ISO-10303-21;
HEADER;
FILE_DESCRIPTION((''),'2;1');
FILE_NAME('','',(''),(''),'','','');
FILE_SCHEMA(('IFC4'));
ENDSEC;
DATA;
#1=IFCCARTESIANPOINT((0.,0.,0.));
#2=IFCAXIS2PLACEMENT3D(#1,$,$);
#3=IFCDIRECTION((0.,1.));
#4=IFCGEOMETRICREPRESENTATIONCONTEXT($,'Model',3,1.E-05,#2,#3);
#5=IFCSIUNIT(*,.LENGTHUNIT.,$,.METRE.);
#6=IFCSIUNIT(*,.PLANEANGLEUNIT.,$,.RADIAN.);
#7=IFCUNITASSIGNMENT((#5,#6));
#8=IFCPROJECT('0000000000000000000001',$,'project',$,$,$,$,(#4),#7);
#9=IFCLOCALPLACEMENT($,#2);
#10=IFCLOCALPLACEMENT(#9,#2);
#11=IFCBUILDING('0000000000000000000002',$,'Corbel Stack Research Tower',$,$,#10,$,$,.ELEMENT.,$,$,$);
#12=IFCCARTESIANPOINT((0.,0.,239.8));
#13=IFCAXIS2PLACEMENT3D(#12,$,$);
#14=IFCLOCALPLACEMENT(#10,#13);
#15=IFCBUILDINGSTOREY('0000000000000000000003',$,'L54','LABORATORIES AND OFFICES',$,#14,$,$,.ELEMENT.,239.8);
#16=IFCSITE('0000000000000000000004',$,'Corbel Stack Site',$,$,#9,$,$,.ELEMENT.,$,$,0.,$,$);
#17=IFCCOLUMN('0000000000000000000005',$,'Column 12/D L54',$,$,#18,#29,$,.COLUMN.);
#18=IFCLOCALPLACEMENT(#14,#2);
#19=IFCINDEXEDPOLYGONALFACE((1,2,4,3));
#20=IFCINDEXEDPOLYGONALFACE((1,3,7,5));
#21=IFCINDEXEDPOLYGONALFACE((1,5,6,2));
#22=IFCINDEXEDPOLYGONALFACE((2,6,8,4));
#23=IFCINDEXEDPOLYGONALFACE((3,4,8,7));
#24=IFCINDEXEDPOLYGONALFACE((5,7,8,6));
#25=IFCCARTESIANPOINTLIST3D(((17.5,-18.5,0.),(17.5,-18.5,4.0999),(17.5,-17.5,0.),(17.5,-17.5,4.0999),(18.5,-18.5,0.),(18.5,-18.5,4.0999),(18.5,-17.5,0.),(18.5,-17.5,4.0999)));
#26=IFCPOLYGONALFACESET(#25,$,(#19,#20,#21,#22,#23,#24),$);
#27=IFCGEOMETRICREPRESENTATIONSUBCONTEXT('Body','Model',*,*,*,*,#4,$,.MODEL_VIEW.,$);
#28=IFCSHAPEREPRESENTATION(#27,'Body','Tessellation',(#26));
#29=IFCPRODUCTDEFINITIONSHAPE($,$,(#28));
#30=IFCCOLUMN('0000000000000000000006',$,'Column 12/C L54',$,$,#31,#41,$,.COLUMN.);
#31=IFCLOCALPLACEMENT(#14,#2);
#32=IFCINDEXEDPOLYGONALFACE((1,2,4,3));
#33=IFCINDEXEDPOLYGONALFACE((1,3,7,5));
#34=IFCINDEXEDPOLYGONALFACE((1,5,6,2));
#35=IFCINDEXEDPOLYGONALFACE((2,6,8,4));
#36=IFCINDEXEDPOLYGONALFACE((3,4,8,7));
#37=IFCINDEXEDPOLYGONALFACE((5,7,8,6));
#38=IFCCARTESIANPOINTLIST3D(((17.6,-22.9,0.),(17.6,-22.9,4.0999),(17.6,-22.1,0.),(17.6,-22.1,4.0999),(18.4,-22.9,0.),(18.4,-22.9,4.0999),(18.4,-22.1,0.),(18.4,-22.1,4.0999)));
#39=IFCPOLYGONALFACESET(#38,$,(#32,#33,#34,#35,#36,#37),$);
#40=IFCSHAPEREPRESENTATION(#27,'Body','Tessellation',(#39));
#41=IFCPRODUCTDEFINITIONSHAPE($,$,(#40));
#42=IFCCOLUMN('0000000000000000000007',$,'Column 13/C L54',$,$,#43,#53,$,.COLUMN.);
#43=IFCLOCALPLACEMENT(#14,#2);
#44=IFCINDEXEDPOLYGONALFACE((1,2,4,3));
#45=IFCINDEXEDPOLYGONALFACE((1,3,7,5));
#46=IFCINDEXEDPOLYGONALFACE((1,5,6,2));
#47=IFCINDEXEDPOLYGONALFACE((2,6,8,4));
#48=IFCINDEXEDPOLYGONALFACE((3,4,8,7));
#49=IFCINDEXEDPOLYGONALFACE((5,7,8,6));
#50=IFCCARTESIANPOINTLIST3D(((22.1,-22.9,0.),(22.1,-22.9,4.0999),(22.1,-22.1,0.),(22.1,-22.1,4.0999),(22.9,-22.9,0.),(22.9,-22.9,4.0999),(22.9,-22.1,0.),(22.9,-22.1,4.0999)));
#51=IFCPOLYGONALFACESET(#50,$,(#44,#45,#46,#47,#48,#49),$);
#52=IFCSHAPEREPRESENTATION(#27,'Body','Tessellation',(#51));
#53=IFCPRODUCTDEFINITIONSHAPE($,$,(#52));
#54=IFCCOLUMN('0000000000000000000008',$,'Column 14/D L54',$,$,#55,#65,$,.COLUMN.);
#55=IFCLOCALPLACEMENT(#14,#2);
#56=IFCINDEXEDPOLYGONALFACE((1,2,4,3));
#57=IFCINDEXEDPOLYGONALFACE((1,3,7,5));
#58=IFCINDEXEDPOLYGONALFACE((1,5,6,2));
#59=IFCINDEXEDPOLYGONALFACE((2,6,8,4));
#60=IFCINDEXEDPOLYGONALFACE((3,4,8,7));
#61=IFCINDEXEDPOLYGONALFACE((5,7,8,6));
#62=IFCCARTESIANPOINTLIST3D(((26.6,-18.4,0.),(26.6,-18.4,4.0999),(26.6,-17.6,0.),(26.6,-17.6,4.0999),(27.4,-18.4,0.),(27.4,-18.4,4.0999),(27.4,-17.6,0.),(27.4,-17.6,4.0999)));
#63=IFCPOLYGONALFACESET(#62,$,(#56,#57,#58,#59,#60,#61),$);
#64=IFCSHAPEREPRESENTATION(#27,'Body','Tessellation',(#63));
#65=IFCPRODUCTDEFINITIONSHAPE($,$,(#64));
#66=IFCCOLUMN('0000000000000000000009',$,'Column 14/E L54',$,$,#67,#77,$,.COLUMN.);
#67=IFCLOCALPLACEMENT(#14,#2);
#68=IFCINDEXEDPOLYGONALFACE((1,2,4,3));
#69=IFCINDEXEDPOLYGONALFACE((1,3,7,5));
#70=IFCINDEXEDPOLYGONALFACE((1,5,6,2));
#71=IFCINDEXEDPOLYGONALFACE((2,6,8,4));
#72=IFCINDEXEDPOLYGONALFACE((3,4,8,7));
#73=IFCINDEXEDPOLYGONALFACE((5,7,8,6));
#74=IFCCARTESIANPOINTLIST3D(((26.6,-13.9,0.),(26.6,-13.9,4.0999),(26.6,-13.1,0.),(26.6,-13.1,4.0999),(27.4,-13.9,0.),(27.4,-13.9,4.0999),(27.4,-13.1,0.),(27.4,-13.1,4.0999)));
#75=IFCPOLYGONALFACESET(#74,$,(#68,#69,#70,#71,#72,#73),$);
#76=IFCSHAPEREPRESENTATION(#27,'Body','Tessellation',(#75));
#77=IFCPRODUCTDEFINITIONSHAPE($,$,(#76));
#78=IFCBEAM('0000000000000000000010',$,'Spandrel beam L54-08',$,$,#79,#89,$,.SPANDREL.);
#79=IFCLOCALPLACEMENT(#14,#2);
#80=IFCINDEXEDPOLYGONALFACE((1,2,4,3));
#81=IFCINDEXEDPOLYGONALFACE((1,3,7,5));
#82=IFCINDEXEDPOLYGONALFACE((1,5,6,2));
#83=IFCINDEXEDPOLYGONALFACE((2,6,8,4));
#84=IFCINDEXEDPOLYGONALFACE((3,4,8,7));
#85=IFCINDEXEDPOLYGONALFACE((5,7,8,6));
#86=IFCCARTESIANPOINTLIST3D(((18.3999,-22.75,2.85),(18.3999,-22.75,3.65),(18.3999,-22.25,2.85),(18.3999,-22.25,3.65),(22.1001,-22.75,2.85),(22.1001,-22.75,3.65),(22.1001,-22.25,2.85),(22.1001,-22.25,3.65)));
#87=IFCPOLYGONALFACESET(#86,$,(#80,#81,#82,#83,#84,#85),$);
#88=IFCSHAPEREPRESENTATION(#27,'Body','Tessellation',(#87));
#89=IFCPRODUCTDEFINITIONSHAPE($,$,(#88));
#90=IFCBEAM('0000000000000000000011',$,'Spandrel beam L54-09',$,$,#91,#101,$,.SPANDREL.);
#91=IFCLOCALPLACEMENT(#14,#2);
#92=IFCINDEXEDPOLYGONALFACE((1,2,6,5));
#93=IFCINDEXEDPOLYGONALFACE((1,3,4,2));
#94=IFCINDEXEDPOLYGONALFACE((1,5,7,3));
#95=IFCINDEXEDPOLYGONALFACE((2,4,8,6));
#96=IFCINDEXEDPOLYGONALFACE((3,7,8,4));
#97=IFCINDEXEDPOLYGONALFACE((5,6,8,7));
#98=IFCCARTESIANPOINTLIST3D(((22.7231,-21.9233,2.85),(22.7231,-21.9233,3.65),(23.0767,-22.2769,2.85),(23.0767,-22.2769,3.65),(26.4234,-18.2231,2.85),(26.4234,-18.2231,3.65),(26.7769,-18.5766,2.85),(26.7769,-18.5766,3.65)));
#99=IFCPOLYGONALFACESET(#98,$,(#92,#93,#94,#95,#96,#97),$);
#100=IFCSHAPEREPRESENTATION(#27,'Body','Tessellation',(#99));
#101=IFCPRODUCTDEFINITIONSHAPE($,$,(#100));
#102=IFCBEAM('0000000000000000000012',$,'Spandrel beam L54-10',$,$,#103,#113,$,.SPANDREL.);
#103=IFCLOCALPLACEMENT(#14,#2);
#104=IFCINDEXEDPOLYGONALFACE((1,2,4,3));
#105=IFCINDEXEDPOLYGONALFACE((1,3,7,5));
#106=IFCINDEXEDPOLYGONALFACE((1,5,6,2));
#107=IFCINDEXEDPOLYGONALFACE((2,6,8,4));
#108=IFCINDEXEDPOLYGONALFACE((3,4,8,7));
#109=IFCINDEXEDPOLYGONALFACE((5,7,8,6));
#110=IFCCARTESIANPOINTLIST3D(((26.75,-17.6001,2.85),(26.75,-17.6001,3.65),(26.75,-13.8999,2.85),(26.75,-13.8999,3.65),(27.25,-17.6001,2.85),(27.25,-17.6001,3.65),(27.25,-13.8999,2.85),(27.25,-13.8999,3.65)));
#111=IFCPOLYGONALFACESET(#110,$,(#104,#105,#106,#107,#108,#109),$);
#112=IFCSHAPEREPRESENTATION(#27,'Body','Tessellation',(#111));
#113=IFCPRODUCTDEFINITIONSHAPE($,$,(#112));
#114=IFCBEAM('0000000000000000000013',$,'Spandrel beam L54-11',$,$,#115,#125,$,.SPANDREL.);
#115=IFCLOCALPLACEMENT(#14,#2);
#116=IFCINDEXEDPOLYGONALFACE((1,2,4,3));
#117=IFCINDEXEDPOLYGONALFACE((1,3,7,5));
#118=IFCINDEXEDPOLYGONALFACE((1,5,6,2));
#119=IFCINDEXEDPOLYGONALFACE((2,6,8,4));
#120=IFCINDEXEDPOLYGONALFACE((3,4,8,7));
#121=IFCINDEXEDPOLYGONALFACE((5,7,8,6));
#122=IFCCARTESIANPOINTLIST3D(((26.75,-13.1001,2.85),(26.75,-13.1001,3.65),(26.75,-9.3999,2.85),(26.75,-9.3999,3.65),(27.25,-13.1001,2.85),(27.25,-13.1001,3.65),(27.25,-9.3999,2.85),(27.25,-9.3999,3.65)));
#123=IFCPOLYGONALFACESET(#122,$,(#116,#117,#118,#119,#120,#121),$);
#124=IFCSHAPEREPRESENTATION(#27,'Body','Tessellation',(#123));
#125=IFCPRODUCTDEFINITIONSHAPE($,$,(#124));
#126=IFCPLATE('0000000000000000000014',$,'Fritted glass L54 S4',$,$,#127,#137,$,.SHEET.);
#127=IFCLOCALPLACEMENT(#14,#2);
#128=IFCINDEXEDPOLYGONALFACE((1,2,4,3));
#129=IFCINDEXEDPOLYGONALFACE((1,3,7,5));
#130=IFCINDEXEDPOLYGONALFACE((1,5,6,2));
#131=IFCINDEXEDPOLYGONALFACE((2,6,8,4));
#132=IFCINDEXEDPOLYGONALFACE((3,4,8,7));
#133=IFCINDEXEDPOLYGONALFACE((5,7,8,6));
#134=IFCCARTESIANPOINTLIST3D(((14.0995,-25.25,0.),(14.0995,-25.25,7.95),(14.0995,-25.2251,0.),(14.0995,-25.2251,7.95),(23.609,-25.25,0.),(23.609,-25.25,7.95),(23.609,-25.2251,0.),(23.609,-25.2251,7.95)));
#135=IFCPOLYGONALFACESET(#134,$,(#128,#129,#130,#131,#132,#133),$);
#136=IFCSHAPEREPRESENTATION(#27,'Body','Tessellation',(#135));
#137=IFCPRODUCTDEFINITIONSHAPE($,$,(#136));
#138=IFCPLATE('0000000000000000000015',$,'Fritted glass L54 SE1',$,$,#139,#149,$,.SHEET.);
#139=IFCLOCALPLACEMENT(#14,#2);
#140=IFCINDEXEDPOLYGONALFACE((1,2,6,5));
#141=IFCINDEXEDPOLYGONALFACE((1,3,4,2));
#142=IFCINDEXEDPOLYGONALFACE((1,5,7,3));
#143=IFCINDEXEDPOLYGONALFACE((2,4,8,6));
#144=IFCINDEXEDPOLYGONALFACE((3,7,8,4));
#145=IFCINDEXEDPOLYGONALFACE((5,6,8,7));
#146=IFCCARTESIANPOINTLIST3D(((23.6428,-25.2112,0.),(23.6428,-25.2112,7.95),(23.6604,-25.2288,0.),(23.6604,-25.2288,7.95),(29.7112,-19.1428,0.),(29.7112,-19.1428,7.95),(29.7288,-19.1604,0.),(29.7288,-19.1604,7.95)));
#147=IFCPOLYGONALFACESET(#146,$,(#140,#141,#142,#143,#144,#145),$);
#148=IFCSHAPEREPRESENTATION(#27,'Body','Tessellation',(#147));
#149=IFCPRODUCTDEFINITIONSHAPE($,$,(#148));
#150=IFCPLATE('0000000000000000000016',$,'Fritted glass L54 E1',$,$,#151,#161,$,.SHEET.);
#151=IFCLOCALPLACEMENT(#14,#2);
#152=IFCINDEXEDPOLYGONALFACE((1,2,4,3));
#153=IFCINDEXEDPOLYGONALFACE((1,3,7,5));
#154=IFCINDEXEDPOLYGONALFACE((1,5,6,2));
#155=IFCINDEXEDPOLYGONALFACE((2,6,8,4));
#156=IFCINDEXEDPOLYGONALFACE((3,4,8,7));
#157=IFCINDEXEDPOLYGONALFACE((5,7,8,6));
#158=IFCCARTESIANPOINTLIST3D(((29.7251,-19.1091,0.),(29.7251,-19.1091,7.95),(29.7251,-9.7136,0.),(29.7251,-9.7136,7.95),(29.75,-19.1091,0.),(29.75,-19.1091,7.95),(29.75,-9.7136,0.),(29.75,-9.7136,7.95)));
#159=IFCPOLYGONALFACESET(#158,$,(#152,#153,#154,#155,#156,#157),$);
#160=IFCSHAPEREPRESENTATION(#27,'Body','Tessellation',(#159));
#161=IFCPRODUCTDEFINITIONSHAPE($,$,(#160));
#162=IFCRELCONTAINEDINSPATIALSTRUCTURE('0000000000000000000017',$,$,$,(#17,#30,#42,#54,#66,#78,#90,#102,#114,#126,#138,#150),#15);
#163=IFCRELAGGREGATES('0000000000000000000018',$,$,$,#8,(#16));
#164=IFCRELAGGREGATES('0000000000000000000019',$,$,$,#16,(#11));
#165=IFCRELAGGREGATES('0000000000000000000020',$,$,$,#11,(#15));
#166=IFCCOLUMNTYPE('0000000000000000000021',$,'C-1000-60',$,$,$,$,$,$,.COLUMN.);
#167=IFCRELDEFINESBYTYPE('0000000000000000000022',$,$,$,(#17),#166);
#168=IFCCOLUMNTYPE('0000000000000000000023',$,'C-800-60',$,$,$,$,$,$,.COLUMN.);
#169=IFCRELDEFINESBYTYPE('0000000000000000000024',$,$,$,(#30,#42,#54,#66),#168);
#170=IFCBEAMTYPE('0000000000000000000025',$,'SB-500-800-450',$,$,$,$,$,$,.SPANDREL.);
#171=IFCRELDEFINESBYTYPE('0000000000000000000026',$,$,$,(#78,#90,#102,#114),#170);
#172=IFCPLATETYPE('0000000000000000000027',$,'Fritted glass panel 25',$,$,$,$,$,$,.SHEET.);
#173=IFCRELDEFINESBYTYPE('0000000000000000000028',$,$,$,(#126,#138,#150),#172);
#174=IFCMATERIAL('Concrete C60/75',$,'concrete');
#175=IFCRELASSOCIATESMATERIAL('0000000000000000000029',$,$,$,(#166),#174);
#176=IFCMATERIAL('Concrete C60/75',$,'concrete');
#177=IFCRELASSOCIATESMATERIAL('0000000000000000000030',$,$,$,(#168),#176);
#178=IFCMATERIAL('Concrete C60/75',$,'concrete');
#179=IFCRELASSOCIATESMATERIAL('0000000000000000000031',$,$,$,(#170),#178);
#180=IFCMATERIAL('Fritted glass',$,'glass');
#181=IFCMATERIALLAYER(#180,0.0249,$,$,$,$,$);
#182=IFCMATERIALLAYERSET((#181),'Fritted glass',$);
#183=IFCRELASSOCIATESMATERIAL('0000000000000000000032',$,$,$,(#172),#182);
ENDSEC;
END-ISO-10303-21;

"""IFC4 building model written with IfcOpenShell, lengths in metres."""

from ifc_helpers import new_model, si_unit, direction, frame, origin, origin_2d, place, context, subcontext, project, spatial, rectangle, extrude, material, layer, layer_set, material_profile, profile_set, type_object, element, save


model = new_model("IFC4")

# Units and contexts
model_context = context("Model", 3, precision=1e-05, world=origin(), true_north=direction((0.0, 1.0)))
body_context = subcontext(model_context, "Body", "Model", "MODEL_VIEW")
ifc_project = project(units=[si_unit("LENGTHUNIT", "METRE"), si_unit("PLANEANGLEUNIT", "RADIAN")], contexts=[model_context])

# Site, building, storey
site_placement = place(None, origin())
site = spatial("IfcSite", under=ifc_project, at=site_placement, Name="Corbel Stack Site", CompositionType="ELEMENT", RefElevation=0.0)
building_placement = place(site_placement, origin())
building = spatial("IfcBuilding", under=site, at=building_placement, Name="Corbel Stack Research Tower", CompositionType="ELEMENT")
storey_placement = place(building_placement, frame((0.0, 0.0, 239.8)))
storey = spatial("IfcBuildingStorey", under=building, at=storey_placement, Name="L54", Description="LABORATORIES AND OFFICES", CompositionType="ELEMENT", Elevation=239.8)

# Columns
ifc_material_1 = material(Name="Concrete C60/75", Category="concrete")
ifc_material_profile_1 = material_profile(ifc_material_1, rectangle(XDim=1.0, YDim=1.0, at=origin_2d()), Name="RC 1000 x 1000")
ifc_profile_set_1 = profile_set([ifc_material_profile_1], Name="Concrete C60/75")
column_type_1 = type_object("IfcColumnType", Name="C-1000-60", PredefinedType="COLUMN", material=ifc_profile_set_1)
column_placement = place(storey_placement, frame((18.0, -18.0, 0.0), z_axis=(0.0, 0.0, 1.0), x_axis=(1.0, 0.0, 0.0)))
element("IfcColumn", 1, at=column_placement, inside=storey, type_object=column_type_1, Name="Column 12/D L54", PredefinedType="COLUMN", context=body_context, shape_type="SweptSolid", body=[
    extrude(rectangle(XDim=1.0, YDim=1.0, at=origin_2d()), origin(), (0.0, 0.0, 1.0), 4.0999),
])
ifc_material_2 = material(Name="Concrete C60/75", Category="concrete")
ifc_material_profile_2 = material_profile(ifc_material_2, rectangle(XDim=0.8, YDim=0.8, at=origin_2d()), Name="RC 800 x 800")
ifc_profile_set_2 = profile_set([ifc_material_profile_2], Name="Concrete C60/75")
column_type_2 = type_object("IfcColumnType", Name="C-800-60", PredefinedType="COLUMN", material=ifc_profile_set_2)
for number, where, z_axis, x_axis, name in (
    (2, (18.0, -22.5, 0.0), (0.0, 0.0, 1.0), (1.0, 0.0, 0.0), "Column 12/C L54"),
    (3, (22.5, -22.5, 0.0), (0.0, 0.0, 1.0), (1.0, 0.0, 0.0), "Column 13/C L54"),
    (4, (27.0, -18.0, 0.0), (0.0, 0.0, 1.0), (1.0, 0.0, 0.0), "Column 14/D L54"),
    (5, (27.0, -13.5, 0.0), (0.0, 0.0, 1.0), (1.0, 0.0, 0.0), "Column 14/E L54"),
):
    element("IfcColumn", number, at=place(storey_placement, frame(where, z_axis=z_axis, x_axis=x_axis)), inside=storey, type_object=column_type_2, Name=name, PredefinedType="COLUMN", context=body_context, shape_type="SweptSolid", body=[
        extrude(rectangle(XDim=0.8, YDim=0.8, at=origin_2d()), origin(), (0.0, 0.0, 1.0), 4.0999),
    ])

# Beams
ifc_material_3 = material(Name="Concrete C60/75", Category="concrete")
ifc_material_profile_3 = material_profile(ifc_material_3, rectangle(XDim=0.5, YDim=0.8, at=origin_2d()), Name="RC 500 x 800")
ifc_profile_set_3 = profile_set([ifc_material_profile_3], Name="Concrete C60/75")
beam_type = type_object("IfcBeamType", Name="SB-500-800-450", PredefinedType="SPANDREL", material=ifc_profile_set_3)
beam_1_placement = place(storey_placement, frame((18.3999, -22.5, 3.25), z_axis=(1.0, 0.0, 0.0), x_axis=(0.0, 1.0, 0.0)))
element("IfcBeam", 6, at=beam_1_placement, inside=storey, type_object=beam_type, Name="Spandrel beam L54-08", PredefinedType="SPANDREL", context=body_context, shape_type="SweptSolid", body=[
    extrude(rectangle(XDim=0.5, YDim=0.8, at=origin_2d()), origin(), (0.0, 0.0, 1.0), 3.7002),
])
beam_2_placement = place(storey_placement, frame((22.8999, -22.1001, 3.25), z_axis=(0.707107, 0.707107, 0.0), x_axis=(-0.707107, 0.707107, 0.0)))
element("IfcBeam", 7, at=beam_2_placement, inside=storey, type_object=beam_type, Name="Spandrel beam L54-09", PredefinedType="SPANDREL", context=body_context, shape_type="SweptSolid", body=[
    extrude(rectangle(XDim=0.5, YDim=0.8, at=origin_2d()), origin(), (0.0, 0.0, 1.0), 5.2329),
])
for number, where, z_axis, x_axis, name in (
    (8, (27.0, -17.6001, 3.25), (0.0, 1.0, 0.0), (-1.0, 0.0, 0.0), "Spandrel beam L54-10"),
    (9, (27.0, -13.1001, 3.25), (0.0, 1.0, 0.0), (-1.0, 0.0, 0.0), "Spandrel beam L54-11"),
):
    element("IfcBeam", number, at=place(storey_placement, frame(where, z_axis=z_axis, x_axis=x_axis)), inside=storey, type_object=beam_type, Name=name, PredefinedType="SPANDREL", context=body_context, shape_type="SweptSolid", body=[
        extrude(rectangle(XDim=0.5, YDim=0.8, at=origin_2d()), origin(), (0.0, 0.0, 1.0), 3.7002),
    ])

# Plates
ifc_material_4 = material(Name="Fritted glass", Category="glass")
ifc_layer_1 = layer(ifc_material_4, 0.0249)
ifc_layer_set_1 = layer_set([ifc_layer_1], Name="Fritted glass")
plate_type = type_object("IfcPlateType", Name="Fritted glass panel 25", PredefinedType="SHEET", material=ifc_layer_set_1)
plate_1_placement = place(storey_placement, frame((18.8542, -25.2375, 0.0), z_axis=(0.0, 0.0, 1.0), x_axis=(1.0, 0.0, 0.0)))
element("IfcPlate", 10, at=plate_1_placement, inside=storey, type_object=plate_type, Name="Fritted glass L54 S4", PredefinedType="SHEET", context=body_context, shape_type="SweptSolid", body=[
    extrude(rectangle(XDim=9.5095, YDim=0.0249, at=origin_2d()), origin(), (0.0, 0.0, 1.0), 7.95),
])
plate_2_placement = place(storey_placement, frame((26.6858, -22.1858, 0.0), z_axis=(0.0, 0.0, 1.0), x_axis=(0.707107, 0.707107, 0.0)))
element("IfcPlate", 11, at=plate_2_placement, inside=storey, type_object=plate_type, Name="Fritted glass L54 SE1", PredefinedType="SHEET", context=body_context, shape_type="SweptSolid", body=[
    extrude(rectangle(XDim=8.582, YDim=0.0249, at=origin_2d()), origin(), (0.0, 0.0, 1.0), 7.95),
])
plate_3_placement = place(storey_placement, frame((29.7375, -14.4114, 0.0), z_axis=(0.0, 0.0, 1.0), x_axis=(0.0, 1.0, 0.0)))
element("IfcPlate", 12, at=plate_3_placement, inside=storey, type_object=plate_type, Name="Fritted glass L54 E1", PredefinedType="SHEET", context=body_context, shape_type="SweptSolid", body=[
    extrude(rectangle(XDim=9.3955, YDim=0.0249, at=origin_2d()), origin(), (0.0, 0.0, 1.0), 7.95),
])

save(model, "model.ifc")
